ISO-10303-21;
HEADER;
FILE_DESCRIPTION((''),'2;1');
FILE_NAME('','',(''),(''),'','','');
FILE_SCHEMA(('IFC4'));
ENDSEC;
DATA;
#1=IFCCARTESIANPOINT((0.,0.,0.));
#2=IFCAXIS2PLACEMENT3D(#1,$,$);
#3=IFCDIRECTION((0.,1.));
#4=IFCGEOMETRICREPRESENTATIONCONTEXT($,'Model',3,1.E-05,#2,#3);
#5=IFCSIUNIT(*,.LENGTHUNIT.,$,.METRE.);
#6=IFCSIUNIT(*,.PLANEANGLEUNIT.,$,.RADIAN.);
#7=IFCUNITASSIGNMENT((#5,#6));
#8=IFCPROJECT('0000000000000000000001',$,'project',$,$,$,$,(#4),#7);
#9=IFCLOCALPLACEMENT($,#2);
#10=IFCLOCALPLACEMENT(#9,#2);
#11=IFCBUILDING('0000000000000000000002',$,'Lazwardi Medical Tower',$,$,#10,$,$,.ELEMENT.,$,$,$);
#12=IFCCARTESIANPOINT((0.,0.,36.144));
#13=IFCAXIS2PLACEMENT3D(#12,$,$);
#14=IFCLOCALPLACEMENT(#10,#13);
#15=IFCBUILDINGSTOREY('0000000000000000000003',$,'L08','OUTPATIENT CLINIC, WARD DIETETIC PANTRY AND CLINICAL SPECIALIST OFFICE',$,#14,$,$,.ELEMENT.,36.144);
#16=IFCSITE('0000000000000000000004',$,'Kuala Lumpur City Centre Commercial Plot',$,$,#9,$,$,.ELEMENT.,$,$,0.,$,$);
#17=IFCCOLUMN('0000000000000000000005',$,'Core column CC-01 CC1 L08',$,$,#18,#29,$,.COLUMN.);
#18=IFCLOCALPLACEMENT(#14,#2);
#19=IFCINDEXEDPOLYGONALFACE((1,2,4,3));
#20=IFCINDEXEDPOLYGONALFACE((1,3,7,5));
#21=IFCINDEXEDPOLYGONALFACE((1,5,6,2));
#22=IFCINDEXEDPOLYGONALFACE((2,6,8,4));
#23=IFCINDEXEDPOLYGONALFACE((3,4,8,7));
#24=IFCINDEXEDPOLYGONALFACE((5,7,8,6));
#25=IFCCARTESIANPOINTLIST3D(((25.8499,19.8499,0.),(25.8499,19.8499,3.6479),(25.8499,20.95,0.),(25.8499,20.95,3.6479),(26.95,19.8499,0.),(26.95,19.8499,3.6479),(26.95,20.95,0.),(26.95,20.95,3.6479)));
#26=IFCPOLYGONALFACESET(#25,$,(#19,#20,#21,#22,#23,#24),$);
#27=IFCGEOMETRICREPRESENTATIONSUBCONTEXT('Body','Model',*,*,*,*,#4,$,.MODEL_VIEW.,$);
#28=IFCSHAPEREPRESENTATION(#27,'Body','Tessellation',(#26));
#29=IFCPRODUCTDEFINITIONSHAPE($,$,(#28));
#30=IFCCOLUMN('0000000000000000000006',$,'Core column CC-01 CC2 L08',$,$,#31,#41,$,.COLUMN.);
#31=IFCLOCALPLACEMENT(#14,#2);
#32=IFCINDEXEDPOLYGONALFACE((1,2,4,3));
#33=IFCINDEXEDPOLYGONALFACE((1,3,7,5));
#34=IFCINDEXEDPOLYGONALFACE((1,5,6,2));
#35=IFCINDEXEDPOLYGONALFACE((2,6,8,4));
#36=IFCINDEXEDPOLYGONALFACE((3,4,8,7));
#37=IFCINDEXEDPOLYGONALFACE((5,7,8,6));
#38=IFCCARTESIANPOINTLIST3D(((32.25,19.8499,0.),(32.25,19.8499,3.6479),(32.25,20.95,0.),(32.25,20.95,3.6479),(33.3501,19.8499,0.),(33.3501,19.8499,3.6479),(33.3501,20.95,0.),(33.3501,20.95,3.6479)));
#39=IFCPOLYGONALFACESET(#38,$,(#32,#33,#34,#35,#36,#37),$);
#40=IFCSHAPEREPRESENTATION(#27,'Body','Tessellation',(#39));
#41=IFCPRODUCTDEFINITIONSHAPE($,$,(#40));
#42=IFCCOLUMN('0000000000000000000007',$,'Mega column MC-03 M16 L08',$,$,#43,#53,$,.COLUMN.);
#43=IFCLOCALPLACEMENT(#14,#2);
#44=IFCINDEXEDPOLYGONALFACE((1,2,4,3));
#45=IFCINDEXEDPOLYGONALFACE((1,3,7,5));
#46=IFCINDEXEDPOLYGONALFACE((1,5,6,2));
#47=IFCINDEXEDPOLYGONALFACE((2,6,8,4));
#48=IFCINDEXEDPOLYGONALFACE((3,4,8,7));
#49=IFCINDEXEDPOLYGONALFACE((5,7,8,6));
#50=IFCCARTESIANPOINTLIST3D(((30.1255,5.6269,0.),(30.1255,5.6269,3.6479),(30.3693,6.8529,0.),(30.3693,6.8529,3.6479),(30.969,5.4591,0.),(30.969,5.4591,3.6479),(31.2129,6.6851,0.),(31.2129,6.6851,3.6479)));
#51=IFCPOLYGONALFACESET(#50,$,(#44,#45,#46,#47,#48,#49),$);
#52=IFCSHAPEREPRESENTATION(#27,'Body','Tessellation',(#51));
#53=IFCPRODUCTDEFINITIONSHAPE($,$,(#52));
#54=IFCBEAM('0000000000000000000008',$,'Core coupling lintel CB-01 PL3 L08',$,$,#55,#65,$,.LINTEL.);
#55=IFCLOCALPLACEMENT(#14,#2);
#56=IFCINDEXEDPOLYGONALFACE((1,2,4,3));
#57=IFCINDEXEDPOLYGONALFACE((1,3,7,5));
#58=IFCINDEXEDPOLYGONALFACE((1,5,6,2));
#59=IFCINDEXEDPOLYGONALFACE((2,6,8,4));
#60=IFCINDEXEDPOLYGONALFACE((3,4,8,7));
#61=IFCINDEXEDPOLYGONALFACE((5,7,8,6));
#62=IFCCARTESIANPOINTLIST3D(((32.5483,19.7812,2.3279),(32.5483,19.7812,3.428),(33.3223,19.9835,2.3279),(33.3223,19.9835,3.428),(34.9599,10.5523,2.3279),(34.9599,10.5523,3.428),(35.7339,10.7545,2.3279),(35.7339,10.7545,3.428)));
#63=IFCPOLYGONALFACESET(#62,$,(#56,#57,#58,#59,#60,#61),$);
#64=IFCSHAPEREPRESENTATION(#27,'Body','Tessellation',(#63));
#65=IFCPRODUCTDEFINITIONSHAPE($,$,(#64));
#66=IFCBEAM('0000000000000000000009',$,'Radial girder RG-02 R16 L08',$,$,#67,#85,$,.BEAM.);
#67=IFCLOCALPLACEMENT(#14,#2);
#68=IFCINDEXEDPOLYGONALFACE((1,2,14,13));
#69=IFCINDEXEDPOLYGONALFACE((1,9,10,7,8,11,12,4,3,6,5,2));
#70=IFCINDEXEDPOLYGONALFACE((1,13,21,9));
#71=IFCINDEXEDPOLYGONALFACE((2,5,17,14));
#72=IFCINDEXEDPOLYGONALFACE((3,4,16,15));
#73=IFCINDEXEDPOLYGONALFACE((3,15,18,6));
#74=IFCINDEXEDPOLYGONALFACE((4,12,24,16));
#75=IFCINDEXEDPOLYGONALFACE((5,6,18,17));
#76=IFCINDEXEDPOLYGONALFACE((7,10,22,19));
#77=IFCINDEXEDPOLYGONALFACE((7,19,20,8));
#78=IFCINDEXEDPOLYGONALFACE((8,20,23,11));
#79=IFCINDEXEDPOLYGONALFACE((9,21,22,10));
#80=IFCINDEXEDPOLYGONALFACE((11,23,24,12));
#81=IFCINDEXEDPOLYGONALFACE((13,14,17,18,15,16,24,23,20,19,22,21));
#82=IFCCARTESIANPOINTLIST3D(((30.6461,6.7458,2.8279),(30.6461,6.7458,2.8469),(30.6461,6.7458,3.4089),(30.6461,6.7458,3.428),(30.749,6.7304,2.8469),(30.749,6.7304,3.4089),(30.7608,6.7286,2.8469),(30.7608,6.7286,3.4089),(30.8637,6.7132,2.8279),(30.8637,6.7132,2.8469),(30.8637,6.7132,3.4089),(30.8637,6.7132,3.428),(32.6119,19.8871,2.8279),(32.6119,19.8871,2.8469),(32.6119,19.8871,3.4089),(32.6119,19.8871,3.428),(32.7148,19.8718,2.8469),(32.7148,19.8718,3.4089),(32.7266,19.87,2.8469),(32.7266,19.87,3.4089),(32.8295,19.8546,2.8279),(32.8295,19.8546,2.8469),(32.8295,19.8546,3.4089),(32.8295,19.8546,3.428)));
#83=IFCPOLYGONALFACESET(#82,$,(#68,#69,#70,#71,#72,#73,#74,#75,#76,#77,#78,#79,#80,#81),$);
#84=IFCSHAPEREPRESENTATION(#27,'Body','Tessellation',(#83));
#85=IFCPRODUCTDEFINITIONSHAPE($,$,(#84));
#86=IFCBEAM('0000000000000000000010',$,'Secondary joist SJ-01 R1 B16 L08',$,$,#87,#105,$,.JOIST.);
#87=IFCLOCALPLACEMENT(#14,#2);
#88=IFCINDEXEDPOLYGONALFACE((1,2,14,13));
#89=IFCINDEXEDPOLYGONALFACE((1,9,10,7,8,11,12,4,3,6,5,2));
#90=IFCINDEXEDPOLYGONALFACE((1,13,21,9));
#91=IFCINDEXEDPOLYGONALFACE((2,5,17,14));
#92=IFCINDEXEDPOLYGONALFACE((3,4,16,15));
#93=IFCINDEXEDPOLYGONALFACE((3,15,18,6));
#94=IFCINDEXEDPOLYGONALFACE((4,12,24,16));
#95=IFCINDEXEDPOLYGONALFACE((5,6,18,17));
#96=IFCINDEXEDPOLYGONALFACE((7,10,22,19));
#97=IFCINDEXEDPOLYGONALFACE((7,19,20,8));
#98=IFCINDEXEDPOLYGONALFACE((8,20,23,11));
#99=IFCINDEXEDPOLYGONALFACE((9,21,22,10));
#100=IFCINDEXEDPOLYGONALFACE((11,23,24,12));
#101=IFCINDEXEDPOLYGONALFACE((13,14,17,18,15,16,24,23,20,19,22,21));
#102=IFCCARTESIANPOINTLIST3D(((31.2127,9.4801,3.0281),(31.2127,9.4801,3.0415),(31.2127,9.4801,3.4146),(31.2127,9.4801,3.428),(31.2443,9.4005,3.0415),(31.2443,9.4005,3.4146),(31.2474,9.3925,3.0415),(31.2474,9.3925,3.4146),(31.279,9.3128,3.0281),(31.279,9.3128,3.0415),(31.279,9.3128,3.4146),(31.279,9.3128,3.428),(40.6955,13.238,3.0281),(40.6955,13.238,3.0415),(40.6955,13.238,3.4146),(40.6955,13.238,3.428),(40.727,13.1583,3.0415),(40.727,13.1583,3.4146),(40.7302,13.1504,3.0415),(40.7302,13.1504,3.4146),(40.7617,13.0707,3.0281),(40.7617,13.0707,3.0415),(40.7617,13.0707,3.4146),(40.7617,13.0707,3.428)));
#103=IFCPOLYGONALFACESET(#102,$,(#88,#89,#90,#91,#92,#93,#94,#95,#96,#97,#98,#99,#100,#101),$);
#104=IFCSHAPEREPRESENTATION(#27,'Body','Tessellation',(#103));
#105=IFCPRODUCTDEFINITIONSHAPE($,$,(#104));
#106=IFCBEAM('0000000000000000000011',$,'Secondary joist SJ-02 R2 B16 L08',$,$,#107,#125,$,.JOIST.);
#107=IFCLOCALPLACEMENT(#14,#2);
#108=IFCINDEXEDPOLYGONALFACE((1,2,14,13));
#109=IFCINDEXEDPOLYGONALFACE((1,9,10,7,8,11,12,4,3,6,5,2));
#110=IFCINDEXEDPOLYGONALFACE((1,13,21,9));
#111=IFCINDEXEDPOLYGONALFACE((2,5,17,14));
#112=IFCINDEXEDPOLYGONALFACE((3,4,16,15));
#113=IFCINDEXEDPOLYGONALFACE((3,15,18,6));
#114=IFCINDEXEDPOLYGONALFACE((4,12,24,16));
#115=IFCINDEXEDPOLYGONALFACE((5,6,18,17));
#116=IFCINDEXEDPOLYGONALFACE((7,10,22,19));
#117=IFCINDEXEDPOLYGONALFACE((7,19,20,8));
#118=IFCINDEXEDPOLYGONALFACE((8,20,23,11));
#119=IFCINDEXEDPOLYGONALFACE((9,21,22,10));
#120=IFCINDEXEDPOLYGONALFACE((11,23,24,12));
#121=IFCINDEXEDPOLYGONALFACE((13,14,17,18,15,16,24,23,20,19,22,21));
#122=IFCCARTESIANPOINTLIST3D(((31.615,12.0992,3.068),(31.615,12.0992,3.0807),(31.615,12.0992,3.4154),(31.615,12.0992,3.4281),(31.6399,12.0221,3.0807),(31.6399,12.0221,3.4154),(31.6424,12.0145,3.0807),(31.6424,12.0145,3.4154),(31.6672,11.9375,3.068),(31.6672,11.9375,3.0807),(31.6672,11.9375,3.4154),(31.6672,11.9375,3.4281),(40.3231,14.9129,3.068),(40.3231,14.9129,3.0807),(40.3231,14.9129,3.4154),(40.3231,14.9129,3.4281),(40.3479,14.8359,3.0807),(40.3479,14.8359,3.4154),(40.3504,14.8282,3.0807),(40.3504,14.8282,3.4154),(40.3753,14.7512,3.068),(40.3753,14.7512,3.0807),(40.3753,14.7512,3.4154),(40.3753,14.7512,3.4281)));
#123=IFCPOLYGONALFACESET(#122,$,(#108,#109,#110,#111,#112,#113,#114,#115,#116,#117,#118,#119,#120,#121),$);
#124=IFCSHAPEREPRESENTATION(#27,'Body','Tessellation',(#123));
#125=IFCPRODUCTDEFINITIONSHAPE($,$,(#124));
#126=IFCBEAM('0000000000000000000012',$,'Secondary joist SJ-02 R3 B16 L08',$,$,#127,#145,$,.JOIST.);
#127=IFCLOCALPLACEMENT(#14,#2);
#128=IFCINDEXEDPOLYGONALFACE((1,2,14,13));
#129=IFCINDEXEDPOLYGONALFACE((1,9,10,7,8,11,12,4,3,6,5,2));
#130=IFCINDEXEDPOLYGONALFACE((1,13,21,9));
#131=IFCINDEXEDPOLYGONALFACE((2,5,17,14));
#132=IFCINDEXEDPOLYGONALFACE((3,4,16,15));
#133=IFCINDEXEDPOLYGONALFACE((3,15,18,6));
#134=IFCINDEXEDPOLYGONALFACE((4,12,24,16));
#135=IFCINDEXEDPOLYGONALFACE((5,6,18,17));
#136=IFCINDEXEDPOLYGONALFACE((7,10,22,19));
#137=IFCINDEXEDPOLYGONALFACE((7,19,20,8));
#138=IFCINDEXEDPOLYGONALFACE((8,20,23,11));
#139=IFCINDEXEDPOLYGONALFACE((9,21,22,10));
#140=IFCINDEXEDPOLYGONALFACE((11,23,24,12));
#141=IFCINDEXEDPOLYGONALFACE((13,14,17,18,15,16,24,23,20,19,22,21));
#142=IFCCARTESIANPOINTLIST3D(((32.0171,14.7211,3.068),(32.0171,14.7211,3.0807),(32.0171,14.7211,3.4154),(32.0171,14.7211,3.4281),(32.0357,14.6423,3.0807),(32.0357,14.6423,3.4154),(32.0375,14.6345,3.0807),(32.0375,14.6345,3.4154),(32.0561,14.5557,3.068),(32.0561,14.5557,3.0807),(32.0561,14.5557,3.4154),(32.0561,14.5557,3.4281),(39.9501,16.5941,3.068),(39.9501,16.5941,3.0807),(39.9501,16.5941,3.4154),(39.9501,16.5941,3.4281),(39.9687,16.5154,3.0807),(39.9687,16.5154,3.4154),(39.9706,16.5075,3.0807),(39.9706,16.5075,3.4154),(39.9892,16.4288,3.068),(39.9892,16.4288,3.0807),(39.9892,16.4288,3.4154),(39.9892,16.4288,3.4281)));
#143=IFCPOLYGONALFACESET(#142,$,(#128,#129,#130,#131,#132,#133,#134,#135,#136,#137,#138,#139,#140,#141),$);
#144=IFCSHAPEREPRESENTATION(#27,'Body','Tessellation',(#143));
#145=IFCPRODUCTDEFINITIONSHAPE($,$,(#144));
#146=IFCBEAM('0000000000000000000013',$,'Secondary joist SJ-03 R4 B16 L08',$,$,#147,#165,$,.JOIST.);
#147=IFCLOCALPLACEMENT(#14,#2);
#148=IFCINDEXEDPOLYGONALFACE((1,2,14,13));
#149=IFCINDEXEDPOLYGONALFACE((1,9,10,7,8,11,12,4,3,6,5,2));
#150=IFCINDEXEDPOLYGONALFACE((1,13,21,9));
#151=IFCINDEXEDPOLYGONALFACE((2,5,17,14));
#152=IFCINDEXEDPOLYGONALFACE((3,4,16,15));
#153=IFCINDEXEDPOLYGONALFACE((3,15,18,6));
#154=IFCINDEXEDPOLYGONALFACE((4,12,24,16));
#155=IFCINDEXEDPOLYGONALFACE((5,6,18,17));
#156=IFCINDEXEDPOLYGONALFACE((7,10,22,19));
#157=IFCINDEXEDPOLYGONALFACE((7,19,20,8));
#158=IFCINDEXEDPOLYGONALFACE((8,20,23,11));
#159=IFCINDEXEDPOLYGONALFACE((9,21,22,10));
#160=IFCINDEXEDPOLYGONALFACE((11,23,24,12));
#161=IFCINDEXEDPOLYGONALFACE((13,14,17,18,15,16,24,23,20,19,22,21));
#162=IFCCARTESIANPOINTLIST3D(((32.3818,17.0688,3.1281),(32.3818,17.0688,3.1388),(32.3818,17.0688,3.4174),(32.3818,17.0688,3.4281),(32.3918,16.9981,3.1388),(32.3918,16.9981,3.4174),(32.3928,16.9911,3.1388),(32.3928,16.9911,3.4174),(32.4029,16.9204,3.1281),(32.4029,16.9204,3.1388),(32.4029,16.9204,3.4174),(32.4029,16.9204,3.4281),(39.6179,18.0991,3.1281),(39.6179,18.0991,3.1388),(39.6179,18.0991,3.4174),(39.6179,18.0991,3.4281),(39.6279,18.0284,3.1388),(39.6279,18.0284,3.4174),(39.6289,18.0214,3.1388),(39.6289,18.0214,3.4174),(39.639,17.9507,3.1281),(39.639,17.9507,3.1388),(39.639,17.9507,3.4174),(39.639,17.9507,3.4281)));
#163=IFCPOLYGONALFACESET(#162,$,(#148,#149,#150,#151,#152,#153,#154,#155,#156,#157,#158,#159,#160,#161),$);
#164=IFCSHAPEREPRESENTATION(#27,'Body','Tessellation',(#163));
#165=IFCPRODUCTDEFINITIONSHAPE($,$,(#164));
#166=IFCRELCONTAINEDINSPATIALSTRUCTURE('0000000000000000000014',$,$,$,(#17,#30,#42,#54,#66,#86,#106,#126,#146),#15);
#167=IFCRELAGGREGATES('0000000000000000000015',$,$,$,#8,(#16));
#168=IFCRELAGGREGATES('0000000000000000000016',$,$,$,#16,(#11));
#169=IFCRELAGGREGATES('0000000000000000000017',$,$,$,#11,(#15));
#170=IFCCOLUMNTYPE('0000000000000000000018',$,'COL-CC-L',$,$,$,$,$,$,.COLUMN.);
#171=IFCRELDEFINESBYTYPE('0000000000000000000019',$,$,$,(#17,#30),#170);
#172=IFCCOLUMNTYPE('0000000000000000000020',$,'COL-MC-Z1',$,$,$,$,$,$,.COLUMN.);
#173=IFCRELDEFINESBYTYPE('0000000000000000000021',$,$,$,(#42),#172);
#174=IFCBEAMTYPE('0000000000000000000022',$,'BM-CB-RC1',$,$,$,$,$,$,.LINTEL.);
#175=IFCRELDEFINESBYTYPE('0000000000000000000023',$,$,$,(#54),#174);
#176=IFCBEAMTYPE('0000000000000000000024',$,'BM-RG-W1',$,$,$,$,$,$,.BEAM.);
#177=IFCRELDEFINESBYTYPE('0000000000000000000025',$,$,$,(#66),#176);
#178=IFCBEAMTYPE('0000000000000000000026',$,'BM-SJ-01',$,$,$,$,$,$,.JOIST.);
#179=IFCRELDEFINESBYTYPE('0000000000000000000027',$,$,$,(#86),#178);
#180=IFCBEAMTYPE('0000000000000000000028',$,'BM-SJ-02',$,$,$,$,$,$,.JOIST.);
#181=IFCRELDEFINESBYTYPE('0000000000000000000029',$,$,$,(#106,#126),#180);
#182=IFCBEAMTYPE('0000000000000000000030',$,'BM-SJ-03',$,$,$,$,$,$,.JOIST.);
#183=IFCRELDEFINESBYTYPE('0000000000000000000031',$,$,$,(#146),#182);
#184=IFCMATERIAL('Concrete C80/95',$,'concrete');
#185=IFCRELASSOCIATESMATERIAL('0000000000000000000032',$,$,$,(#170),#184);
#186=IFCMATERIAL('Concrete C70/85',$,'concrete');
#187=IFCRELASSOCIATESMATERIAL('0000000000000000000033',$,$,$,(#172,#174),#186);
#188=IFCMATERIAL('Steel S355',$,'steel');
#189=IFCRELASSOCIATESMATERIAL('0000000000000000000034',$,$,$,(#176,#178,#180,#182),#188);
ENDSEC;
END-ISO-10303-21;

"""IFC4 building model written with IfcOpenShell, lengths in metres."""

from ifc_helpers import new_model, si_unit, direction, frame, origin, origin_2d, place, context, subcontext, project, spatial, rectangle, i_section, extrude, material, material_profile, profile_set, type_object, element, save


model = new_model("IFC4")

# Units and contexts
model_context = context("Model", 3, precision=1e-05, world=origin(), true_north=direction((0.0, 1.0)))
body_context = subcontext(model_context, "Body", "Model", "MODEL_VIEW")
ifc_project = project(units=[si_unit("LENGTHUNIT", "METRE"), si_unit("PLANEANGLEUNIT", "RADIAN")], contexts=[model_context])

# Site, building, storey
site_placement = place(None, origin())
site = spatial("IfcSite", under=ifc_project, at=site_placement, Name="Kuala Lumpur City Centre Commercial Plot", CompositionType="ELEMENT", RefElevation=0.0)
building_placement = place(site_placement, origin())
building = spatial("IfcBuilding", under=site, at=building_placement, Name="Lazwardi Medical Tower", CompositionType="ELEMENT")
storey_placement = place(building_placement, frame((0.0, 0.0, 36.144)))
storey = spatial("IfcBuildingStorey", under=building, at=storey_placement, Name="L08", Description="OUTPATIENT CLINIC, WARD DIETETIC PANTRY AND CLINICAL SPECIALIST OFFICE", CompositionType="ELEMENT", Elevation=36.144)

# Columns
ifc_material_1 = material(Name="Concrete C80/95", Category="concrete")
ifc_material_profile_1 = material_profile(ifc_material_1, rectangle(XDim=1.1001, YDim=1.1001, at=origin_2d()), Name="RC 1100x1100")
ifc_profile_set_1 = profile_set([ifc_material_profile_1], Name="Concrete C80/95")
column_type_1 = type_object("IfcColumnType", Name="COL-CC-L", PredefinedType="COLUMN", material=ifc_profile_set_1)
for number, where, z_axis, x_axis, name in (
    (1, (26.3999, 20.3999, 0.0), (0.0, 0.0, 1.0), (1.0, 0.0, 0.0), "Core column CC-01 CC1 L08"),
    (2, (32.8, 20.3999, 0.0), (0.0, 0.0, 1.0), (1.0, 0.0, 0.0), "Core column CC-01 CC2 L08"),
):
    element("IfcColumn", number, at=place(storey_placement, frame(where, z_axis=z_axis, x_axis=x_axis)), inside=storey, type_object=column_type_1, Name=name, PredefinedType="COLUMN", context=body_context, shape_type="SweptSolid", body=[
        extrude(rectangle(XDim=1.1001, YDim=1.1001, at=origin_2d()), origin(), (0.0, 0.0, 1.0), 3.6479),
    ])
ifc_material_2 = material(Name="Concrete C70/85", Category="concrete")
ifc_material_profile_2 = material_profile(ifc_material_2, rectangle(XDim=1.25, YDim=0.8601, at=origin_2d()), Name="CFT-RECT 1250x860")
ifc_profile_set_2 = profile_set([ifc_material_profile_2], Name="Concrete C70/85")
column_type_2 = type_object("IfcColumnType", Name="COL-MC-Z1", PredefinedType="COLUMN", material=ifc_profile_set_2)
column_placement = place(storey_placement, frame((30.6692, 6.156, 0.0), z_axis=(0.0, 0.0, 1.0), x_axis=(-0.19509, -0.980785, 0.0)))
element("IfcColumn", 3, at=column_placement, inside=storey, type_object=column_type_2, Name="Mega column MC-03 M16 L08", PredefinedType="COLUMN", context=body_context, shape_type="SweptSolid", body=[
    extrude(rectangle(XDim=1.25, YDim=0.8601, at=origin_2d()), origin(), (0.0, 0.0, 1.0), 3.6479),
])

# Beams
ifc_material_profile_3 = material_profile(ifc_material_2, rectangle(XDim=0.8, YDim=1.1001, at=origin_2d()), Name="RC 800x1100")
ifc_profile_set_3 = profile_set([ifc_material_profile_3], Name="Concrete C70/85")
beam_type_1 = type_object("IfcBeamType", Name="BM-CB-RC1", PredefinedType="LINTEL", material=ifc_profile_set_3)
beam_1_placement = place(storey_placement, frame((32.9353, 19.8823, 2.8779), z_axis=(0.25282, -0.967513, 0.0), x_axis=(0.967513, 0.25282, 0.0)))
element("IfcBeam", 4, at=beam_1_placement, inside=storey, type_object=beam_type_1, Name="Core coupling lintel CB-01 PL3 L08", PredefinedType="LINTEL", context=body_context, shape_type="SweptSolid", body=[
    extrude(rectangle(XDim=0.8, YDim=1.1001, at=origin_2d()), origin(), (0.0, 0.0, 1.0), 9.5388),
])
ifc_material_3 = material(Name="Steel S355", Category="steel")
ifc_material_profile_4 = material_profile(ifc_material_3, i_section(OverallWidth=0.22, OverallDepth=0.6001, WebThickness=0.012, FlangeThickness=0.019, at=origin_2d()), Name="IPE 600")
ifc_profile_set_4 = profile_set([ifc_material_profile_4], Name="Steel S355")
beam_type_2 = type_object("IfcBeamType", Name="BM-RG-W1", PredefinedType="BEAM", material=ifc_profile_set_4)
beam_2_placement = place(storey_placement, frame((30.7549, 6.7295, 3.1279), z_axis=(0.147944, 0.988996, 0.0), x_axis=(-0.988996, 0.147944, 0.0)))
element("IfcBeam", 5, at=beam_2_placement, inside=storey, type_object=beam_type_2, Name="Radial girder RG-02 R16 L08", PredefinedType="BEAM", context=body_context, shape_type="SweptSolid", body=[
    extrude(i_section(OverallWidth=0.22, OverallDepth=0.6001, WebThickness=0.012, FlangeThickness=0.019, at=origin_2d()), origin(), (0.0, 0.0, 1.0), 13.2876),
])
ifc_material_profile_5 = material_profile(ifc_material_3, i_section(OverallWidth=0.1799, OverallDepth=0.3999, WebThickness=0.0085, FlangeThickness=0.0134, at=origin_2d()), Name="IPE 400")
ifc_profile_set_5 = profile_set([ifc_material_profile_5], Name="Steel S355")
beam_type_3 = type_object("IfcBeamType", Name="BM-SJ-01", PredefinedType="JOIST", material=ifc_profile_set_5)
beam_3_placement = place(storey_placement, frame((31.2458, 9.3965, 3.228), z_axis=(0.929664, 0.368409, 0.0), x_axis=(-0.368409, 0.929664, 0.0)))
element("IfcBeam", 6, at=beam_3_placement, inside=storey, type_object=beam_type_3, Name="Secondary joist SJ-01 R1 B16 L08", PredefinedType="JOIST", context=body_context, shape_type="SweptSolid", body=[
    extrude(i_section(OverallWidth=0.1799, OverallDepth=0.3999, WebThickness=0.0085, FlangeThickness=0.0134, at=origin_2d()), origin(), (0.0, 0.0, 1.0), 10.2002),
])
ifc_material_profile_6 = material_profile(ifc_material_3, i_section(OverallWidth=0.1699, OverallDepth=0.3601, WebThickness=0.0081, FlangeThickness=0.0127, at=origin_2d()), Name="IPE 360")
ifc_profile_set_6 = profile_set([ifc_material_profile_6], Name="Steel S355")
beam_type_4 = type_object("IfcBeamType", Name="BM-SJ-02", PredefinedType="JOIST", material=ifc_profile_set_6)
beam_4_placement = place(storey_placement, frame((31.6411, 12.0183, 3.248), z_axis=(0.951559, 0.307467, 0.0), x_axis=(-0.307467, 0.951559, 0.0)))
element("IfcBeam", 7, at=beam_4_placement, inside=storey, type_object=beam_type_4, Name="Secondary joist SJ-02 R2 B16 L08", PredefinedType="JOIST", context=body_context, shape_type="SweptSolid", body=[
    extrude(i_section(OverallWidth=0.1699, OverallDepth=0.3601, WebThickness=0.0081, FlangeThickness=0.0127, at=origin_2d()), origin(), (0.0, 0.0, 1.0), 9.1514),
])
beam_5_placement = place(storey_placement, frame((32.0366, 14.6384, 3.248), z_axis=(0.973241, 0.229787, 0.0), x_axis=(-0.229787, 0.973241, 0.0)))
element("IfcBeam", 8, at=beam_5_placement, inside=storey, type_object=beam_type_4, Name="Secondary joist SJ-02 R3 B16 L08", PredefinedType="JOIST", context=body_context, shape_type="SweptSolid", body=[
    extrude(i_section(OverallWidth=0.1699, OverallDepth=0.3601, WebThickness=0.0081, FlangeThickness=0.0127, at=origin_2d()), origin(), (0.0, 0.0, 1.0), 8.1511),
])
ifc_material_profile_7 = material_profile(ifc_material_3, i_section(OverallWidth=0.1499, OverallDepth=0.3, WebThickness=0.0071, FlangeThickness=0.0107, at=origin_2d()), Name="IPE 300")
ifc_profile_set_7 = profile_set([ifc_material_profile_7], Name="Steel S355")
beam_type_5 = type_object("IfcBeamType", Name="BM-SJ-03", PredefinedType="JOIST", material=ifc_profile_set_7)
beam_6_placement = place(storey_placement, frame((32.3923, 16.9946, 3.2781), z_axis=(0.990016, 0.140958, 0.0), x_axis=(-0.140958, 0.990016, 0.0)))
element("IfcBeam", 9, at=beam_6_placement, inside=storey, type_object=beam_type_5, Name="Secondary joist SJ-03 R4 B16 L08", PredefinedType="JOIST", context=body_context, shape_type="SweptSolid", body=[
    extrude(i_section(OverallWidth=0.1499, OverallDepth=0.3, WebThickness=0.0071, FlangeThickness=0.0107, at=origin_2d()), origin(), (0.0, 0.0, 1.0), 7.3091),
])

save(model, "model.ifc")
